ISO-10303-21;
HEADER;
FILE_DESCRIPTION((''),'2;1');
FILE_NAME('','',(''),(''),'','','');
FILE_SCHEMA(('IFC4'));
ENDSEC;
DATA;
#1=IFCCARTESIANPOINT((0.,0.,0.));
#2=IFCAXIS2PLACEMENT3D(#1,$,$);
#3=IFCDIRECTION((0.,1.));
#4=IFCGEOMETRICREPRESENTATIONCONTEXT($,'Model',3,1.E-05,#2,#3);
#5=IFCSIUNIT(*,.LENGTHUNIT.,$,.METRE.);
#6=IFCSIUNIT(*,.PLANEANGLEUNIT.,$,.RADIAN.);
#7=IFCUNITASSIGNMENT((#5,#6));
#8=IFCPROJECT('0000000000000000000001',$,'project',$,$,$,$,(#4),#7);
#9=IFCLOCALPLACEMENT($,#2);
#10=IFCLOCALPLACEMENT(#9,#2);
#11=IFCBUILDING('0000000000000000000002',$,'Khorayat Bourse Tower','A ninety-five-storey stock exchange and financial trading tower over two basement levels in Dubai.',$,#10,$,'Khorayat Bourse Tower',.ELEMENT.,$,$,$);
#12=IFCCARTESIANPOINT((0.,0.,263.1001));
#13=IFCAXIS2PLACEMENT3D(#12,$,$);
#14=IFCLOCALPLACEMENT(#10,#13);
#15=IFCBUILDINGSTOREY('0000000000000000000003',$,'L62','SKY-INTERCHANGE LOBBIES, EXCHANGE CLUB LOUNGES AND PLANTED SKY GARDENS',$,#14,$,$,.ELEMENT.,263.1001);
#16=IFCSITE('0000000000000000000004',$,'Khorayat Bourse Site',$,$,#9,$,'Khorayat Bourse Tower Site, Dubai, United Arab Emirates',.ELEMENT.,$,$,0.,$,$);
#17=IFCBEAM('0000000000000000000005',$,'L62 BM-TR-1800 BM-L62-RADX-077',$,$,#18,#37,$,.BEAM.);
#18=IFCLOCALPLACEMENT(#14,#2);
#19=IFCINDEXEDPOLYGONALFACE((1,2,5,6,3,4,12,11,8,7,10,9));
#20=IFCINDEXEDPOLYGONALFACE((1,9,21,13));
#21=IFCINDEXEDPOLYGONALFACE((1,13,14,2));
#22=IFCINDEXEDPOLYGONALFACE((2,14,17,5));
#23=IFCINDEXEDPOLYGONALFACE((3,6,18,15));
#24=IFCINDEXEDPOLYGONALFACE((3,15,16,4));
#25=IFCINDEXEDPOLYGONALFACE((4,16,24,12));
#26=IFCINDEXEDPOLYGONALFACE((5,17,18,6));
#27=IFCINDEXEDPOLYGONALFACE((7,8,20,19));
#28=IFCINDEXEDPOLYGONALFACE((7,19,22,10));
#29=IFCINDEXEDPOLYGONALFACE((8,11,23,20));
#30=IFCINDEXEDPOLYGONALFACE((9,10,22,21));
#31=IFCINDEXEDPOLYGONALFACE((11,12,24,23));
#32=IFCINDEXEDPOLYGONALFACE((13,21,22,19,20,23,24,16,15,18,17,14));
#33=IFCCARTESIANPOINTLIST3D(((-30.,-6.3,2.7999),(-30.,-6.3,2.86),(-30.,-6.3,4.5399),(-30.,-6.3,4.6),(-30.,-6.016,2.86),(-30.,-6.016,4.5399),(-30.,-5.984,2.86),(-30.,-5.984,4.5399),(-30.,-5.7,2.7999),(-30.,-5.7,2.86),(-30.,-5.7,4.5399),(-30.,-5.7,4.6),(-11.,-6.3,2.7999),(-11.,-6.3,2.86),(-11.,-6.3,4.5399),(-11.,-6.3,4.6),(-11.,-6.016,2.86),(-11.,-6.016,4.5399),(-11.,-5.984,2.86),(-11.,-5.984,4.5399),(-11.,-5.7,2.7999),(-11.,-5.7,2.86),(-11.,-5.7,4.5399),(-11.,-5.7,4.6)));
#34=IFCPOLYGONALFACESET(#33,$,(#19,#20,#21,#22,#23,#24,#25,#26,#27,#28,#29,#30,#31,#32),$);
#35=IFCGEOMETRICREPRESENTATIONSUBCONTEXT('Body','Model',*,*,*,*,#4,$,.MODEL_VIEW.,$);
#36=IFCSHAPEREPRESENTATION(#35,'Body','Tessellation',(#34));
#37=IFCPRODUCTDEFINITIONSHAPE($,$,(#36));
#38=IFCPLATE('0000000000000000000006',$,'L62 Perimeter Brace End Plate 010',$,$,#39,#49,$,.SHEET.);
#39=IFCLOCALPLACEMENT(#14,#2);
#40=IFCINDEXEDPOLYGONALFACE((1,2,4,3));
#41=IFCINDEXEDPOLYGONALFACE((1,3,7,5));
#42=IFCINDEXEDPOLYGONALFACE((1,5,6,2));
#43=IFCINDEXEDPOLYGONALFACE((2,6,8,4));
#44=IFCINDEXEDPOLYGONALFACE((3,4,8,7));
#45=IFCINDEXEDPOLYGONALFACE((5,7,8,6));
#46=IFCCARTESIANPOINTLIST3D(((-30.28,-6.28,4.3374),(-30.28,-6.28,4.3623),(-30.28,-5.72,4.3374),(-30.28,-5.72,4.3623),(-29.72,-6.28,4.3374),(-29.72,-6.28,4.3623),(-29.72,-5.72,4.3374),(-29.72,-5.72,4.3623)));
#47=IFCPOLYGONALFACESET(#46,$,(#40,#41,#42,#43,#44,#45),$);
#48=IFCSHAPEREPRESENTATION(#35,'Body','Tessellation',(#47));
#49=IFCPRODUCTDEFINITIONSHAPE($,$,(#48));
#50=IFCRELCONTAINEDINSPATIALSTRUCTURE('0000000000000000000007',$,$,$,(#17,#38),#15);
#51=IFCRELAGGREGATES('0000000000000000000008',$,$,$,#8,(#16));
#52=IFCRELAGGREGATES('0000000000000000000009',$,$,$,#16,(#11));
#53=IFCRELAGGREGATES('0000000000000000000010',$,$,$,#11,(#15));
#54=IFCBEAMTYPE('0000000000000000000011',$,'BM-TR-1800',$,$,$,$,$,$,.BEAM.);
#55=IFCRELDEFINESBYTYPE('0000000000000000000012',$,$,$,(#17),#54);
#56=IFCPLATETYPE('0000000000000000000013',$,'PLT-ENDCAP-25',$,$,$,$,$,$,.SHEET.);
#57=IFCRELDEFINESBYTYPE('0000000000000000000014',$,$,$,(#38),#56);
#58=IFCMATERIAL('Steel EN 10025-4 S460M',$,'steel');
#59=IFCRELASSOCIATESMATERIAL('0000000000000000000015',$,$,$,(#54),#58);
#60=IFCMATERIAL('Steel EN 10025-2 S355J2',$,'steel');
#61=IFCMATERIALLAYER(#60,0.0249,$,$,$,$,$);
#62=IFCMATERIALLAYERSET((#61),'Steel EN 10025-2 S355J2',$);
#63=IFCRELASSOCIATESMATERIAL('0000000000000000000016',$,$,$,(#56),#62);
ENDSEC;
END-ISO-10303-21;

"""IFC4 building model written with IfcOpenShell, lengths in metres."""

from ifc_helpers import new_model, si_unit, direction, frame, origin, origin_2d, place, context, subcontext, project, spatial, rectangle, i_section, extrude, source, transform, mapped, material, layer, layer_set, material_profile, profile_set, type_object, element, save


model = new_model("IFC4")

# Units and contexts
model_context = context("Model", 3, precision=1e-05, world=origin(), true_north=direction((0.0, 1.0)))
body_context = subcontext(model_context, "Body", "Model", "MODEL_VIEW")
ifc_project = project(units=[si_unit("LENGTHUNIT", "METRE"), si_unit("PLANEANGLEUNIT", "RADIAN")], contexts=[model_context])

# Site, building, storey
site_placement = place(None, origin())
site = spatial("IfcSite", under=ifc_project, at=site_placement, Name="Khorayat Bourse Site", LongName="Khorayat Bourse Tower Site, Dubai, United Arab Emirates", CompositionType="ELEMENT", RefElevation=0.0)
building_placement = place(site_placement, origin())
building = spatial("IfcBuilding", under=site, at=building_placement, Name="Khorayat Bourse Tower", Description="A ninety-five-storey stock exchange and financial trading tower over two basement levels in Dubai.", LongName="Khorayat Bourse Tower", CompositionType="ELEMENT")
storey_placement = place(building_placement, frame((0.0, 0.0, 263.1001)))
storey = spatial("IfcBuildingStorey", under=building, at=storey_placement, Name="L62", Description="SKY-INTERCHANGE LOBBIES, EXCHANGE CLUB LOUNGES AND PLANTED SKY GARDENS", CompositionType="ELEMENT", Elevation=263.1001)

# Shared definitions
ifc_material_1 = material(Name="Steel EN 10025-4 S460M", Category="steel")

# Beam
ifc_material_profile_1 = material_profile(ifc_material_1, i_section(OverallWidth=0.6001, OverallDepth=1.8, WebThickness=0.032, FlangeThickness=0.0601, at=origin_2d()), Name="PG 1800x600x32x60")
ifc_profile_set_1 = profile_set([ifc_material_profile_1], Name="Steel EN 10025-4 S460M")
beam_type_1 = type_object("IfcBeamType", Name="BM-TR-1800", PredefinedType="BEAM", material=ifc_profile_set_1)
shared_shape_1 = source(origin(), body_context, "Body", "SweptSolid", [
    extrude(i_section(OverallWidth=0.6001, OverallDepth=1.8, WebThickness=0.032, FlangeThickness=0.0601, at=origin_2d()), origin(), (0.0, 0.0, 1.0), 19.0),
])
beam_1_placement = place(storey_placement, frame((-30.0, -6.0, 3.7), z_axis=(1.0, 0.0, 0.0), x_axis=(0.0, 1.0, 0.0)))
element("IfcBeam", 1, at=beam_1_placement, inside=storey, type_object=beam_type_1, Name="L62 BM-TR-1800 BM-L62-RADX-077", PredefinedType="BEAM", context=body_context, shape_type="MappedRepresentation", body=[
    mapped(shared_shape_1, transform((0.0, 0.0, 0.0), scale=1.0)),
])

# Plate
ifc_material_2 = material(Name="Steel EN 10025-2 S355J2", Category="steel")
ifc_layer_1 = layer(ifc_material_2, 0.0249)
ifc_layer_set_1 = layer_set([ifc_layer_1], Name="Steel EN 10025-2 S355J2")
plate_type = type_object("IfcPlateType", Name="PLT-ENDCAP-25", PredefinedType="SHEET", material=ifc_layer_set_1)
shared_shape_2 = source(origin(), body_context, "Body", "SweptSolid", [
    extrude(rectangle(XDim=0.5601, YDim=0.5601, at=origin_2d()), origin(), (0.0, 0.0, 1.0), 0.0249),
])
plate_placement = place(storey_placement, frame((-30.0, -6.0, 4.3374), z_axis=(0.0, 0.0, 1.0), x_axis=(1.0, 0.0, 0.0)))
element("IfcPlate", 2, at=plate_placement, inside=storey, type_object=plate_type, Name="L62 Perimeter Brace End Plate 010", PredefinedType="SHEET", context=body_context, shape_type="MappedRepresentation", body=[
    mapped(shared_shape_2, transform((0.0, 0.0, 0.0), scale=1.0)),
])

save(model, "model.ifc")
